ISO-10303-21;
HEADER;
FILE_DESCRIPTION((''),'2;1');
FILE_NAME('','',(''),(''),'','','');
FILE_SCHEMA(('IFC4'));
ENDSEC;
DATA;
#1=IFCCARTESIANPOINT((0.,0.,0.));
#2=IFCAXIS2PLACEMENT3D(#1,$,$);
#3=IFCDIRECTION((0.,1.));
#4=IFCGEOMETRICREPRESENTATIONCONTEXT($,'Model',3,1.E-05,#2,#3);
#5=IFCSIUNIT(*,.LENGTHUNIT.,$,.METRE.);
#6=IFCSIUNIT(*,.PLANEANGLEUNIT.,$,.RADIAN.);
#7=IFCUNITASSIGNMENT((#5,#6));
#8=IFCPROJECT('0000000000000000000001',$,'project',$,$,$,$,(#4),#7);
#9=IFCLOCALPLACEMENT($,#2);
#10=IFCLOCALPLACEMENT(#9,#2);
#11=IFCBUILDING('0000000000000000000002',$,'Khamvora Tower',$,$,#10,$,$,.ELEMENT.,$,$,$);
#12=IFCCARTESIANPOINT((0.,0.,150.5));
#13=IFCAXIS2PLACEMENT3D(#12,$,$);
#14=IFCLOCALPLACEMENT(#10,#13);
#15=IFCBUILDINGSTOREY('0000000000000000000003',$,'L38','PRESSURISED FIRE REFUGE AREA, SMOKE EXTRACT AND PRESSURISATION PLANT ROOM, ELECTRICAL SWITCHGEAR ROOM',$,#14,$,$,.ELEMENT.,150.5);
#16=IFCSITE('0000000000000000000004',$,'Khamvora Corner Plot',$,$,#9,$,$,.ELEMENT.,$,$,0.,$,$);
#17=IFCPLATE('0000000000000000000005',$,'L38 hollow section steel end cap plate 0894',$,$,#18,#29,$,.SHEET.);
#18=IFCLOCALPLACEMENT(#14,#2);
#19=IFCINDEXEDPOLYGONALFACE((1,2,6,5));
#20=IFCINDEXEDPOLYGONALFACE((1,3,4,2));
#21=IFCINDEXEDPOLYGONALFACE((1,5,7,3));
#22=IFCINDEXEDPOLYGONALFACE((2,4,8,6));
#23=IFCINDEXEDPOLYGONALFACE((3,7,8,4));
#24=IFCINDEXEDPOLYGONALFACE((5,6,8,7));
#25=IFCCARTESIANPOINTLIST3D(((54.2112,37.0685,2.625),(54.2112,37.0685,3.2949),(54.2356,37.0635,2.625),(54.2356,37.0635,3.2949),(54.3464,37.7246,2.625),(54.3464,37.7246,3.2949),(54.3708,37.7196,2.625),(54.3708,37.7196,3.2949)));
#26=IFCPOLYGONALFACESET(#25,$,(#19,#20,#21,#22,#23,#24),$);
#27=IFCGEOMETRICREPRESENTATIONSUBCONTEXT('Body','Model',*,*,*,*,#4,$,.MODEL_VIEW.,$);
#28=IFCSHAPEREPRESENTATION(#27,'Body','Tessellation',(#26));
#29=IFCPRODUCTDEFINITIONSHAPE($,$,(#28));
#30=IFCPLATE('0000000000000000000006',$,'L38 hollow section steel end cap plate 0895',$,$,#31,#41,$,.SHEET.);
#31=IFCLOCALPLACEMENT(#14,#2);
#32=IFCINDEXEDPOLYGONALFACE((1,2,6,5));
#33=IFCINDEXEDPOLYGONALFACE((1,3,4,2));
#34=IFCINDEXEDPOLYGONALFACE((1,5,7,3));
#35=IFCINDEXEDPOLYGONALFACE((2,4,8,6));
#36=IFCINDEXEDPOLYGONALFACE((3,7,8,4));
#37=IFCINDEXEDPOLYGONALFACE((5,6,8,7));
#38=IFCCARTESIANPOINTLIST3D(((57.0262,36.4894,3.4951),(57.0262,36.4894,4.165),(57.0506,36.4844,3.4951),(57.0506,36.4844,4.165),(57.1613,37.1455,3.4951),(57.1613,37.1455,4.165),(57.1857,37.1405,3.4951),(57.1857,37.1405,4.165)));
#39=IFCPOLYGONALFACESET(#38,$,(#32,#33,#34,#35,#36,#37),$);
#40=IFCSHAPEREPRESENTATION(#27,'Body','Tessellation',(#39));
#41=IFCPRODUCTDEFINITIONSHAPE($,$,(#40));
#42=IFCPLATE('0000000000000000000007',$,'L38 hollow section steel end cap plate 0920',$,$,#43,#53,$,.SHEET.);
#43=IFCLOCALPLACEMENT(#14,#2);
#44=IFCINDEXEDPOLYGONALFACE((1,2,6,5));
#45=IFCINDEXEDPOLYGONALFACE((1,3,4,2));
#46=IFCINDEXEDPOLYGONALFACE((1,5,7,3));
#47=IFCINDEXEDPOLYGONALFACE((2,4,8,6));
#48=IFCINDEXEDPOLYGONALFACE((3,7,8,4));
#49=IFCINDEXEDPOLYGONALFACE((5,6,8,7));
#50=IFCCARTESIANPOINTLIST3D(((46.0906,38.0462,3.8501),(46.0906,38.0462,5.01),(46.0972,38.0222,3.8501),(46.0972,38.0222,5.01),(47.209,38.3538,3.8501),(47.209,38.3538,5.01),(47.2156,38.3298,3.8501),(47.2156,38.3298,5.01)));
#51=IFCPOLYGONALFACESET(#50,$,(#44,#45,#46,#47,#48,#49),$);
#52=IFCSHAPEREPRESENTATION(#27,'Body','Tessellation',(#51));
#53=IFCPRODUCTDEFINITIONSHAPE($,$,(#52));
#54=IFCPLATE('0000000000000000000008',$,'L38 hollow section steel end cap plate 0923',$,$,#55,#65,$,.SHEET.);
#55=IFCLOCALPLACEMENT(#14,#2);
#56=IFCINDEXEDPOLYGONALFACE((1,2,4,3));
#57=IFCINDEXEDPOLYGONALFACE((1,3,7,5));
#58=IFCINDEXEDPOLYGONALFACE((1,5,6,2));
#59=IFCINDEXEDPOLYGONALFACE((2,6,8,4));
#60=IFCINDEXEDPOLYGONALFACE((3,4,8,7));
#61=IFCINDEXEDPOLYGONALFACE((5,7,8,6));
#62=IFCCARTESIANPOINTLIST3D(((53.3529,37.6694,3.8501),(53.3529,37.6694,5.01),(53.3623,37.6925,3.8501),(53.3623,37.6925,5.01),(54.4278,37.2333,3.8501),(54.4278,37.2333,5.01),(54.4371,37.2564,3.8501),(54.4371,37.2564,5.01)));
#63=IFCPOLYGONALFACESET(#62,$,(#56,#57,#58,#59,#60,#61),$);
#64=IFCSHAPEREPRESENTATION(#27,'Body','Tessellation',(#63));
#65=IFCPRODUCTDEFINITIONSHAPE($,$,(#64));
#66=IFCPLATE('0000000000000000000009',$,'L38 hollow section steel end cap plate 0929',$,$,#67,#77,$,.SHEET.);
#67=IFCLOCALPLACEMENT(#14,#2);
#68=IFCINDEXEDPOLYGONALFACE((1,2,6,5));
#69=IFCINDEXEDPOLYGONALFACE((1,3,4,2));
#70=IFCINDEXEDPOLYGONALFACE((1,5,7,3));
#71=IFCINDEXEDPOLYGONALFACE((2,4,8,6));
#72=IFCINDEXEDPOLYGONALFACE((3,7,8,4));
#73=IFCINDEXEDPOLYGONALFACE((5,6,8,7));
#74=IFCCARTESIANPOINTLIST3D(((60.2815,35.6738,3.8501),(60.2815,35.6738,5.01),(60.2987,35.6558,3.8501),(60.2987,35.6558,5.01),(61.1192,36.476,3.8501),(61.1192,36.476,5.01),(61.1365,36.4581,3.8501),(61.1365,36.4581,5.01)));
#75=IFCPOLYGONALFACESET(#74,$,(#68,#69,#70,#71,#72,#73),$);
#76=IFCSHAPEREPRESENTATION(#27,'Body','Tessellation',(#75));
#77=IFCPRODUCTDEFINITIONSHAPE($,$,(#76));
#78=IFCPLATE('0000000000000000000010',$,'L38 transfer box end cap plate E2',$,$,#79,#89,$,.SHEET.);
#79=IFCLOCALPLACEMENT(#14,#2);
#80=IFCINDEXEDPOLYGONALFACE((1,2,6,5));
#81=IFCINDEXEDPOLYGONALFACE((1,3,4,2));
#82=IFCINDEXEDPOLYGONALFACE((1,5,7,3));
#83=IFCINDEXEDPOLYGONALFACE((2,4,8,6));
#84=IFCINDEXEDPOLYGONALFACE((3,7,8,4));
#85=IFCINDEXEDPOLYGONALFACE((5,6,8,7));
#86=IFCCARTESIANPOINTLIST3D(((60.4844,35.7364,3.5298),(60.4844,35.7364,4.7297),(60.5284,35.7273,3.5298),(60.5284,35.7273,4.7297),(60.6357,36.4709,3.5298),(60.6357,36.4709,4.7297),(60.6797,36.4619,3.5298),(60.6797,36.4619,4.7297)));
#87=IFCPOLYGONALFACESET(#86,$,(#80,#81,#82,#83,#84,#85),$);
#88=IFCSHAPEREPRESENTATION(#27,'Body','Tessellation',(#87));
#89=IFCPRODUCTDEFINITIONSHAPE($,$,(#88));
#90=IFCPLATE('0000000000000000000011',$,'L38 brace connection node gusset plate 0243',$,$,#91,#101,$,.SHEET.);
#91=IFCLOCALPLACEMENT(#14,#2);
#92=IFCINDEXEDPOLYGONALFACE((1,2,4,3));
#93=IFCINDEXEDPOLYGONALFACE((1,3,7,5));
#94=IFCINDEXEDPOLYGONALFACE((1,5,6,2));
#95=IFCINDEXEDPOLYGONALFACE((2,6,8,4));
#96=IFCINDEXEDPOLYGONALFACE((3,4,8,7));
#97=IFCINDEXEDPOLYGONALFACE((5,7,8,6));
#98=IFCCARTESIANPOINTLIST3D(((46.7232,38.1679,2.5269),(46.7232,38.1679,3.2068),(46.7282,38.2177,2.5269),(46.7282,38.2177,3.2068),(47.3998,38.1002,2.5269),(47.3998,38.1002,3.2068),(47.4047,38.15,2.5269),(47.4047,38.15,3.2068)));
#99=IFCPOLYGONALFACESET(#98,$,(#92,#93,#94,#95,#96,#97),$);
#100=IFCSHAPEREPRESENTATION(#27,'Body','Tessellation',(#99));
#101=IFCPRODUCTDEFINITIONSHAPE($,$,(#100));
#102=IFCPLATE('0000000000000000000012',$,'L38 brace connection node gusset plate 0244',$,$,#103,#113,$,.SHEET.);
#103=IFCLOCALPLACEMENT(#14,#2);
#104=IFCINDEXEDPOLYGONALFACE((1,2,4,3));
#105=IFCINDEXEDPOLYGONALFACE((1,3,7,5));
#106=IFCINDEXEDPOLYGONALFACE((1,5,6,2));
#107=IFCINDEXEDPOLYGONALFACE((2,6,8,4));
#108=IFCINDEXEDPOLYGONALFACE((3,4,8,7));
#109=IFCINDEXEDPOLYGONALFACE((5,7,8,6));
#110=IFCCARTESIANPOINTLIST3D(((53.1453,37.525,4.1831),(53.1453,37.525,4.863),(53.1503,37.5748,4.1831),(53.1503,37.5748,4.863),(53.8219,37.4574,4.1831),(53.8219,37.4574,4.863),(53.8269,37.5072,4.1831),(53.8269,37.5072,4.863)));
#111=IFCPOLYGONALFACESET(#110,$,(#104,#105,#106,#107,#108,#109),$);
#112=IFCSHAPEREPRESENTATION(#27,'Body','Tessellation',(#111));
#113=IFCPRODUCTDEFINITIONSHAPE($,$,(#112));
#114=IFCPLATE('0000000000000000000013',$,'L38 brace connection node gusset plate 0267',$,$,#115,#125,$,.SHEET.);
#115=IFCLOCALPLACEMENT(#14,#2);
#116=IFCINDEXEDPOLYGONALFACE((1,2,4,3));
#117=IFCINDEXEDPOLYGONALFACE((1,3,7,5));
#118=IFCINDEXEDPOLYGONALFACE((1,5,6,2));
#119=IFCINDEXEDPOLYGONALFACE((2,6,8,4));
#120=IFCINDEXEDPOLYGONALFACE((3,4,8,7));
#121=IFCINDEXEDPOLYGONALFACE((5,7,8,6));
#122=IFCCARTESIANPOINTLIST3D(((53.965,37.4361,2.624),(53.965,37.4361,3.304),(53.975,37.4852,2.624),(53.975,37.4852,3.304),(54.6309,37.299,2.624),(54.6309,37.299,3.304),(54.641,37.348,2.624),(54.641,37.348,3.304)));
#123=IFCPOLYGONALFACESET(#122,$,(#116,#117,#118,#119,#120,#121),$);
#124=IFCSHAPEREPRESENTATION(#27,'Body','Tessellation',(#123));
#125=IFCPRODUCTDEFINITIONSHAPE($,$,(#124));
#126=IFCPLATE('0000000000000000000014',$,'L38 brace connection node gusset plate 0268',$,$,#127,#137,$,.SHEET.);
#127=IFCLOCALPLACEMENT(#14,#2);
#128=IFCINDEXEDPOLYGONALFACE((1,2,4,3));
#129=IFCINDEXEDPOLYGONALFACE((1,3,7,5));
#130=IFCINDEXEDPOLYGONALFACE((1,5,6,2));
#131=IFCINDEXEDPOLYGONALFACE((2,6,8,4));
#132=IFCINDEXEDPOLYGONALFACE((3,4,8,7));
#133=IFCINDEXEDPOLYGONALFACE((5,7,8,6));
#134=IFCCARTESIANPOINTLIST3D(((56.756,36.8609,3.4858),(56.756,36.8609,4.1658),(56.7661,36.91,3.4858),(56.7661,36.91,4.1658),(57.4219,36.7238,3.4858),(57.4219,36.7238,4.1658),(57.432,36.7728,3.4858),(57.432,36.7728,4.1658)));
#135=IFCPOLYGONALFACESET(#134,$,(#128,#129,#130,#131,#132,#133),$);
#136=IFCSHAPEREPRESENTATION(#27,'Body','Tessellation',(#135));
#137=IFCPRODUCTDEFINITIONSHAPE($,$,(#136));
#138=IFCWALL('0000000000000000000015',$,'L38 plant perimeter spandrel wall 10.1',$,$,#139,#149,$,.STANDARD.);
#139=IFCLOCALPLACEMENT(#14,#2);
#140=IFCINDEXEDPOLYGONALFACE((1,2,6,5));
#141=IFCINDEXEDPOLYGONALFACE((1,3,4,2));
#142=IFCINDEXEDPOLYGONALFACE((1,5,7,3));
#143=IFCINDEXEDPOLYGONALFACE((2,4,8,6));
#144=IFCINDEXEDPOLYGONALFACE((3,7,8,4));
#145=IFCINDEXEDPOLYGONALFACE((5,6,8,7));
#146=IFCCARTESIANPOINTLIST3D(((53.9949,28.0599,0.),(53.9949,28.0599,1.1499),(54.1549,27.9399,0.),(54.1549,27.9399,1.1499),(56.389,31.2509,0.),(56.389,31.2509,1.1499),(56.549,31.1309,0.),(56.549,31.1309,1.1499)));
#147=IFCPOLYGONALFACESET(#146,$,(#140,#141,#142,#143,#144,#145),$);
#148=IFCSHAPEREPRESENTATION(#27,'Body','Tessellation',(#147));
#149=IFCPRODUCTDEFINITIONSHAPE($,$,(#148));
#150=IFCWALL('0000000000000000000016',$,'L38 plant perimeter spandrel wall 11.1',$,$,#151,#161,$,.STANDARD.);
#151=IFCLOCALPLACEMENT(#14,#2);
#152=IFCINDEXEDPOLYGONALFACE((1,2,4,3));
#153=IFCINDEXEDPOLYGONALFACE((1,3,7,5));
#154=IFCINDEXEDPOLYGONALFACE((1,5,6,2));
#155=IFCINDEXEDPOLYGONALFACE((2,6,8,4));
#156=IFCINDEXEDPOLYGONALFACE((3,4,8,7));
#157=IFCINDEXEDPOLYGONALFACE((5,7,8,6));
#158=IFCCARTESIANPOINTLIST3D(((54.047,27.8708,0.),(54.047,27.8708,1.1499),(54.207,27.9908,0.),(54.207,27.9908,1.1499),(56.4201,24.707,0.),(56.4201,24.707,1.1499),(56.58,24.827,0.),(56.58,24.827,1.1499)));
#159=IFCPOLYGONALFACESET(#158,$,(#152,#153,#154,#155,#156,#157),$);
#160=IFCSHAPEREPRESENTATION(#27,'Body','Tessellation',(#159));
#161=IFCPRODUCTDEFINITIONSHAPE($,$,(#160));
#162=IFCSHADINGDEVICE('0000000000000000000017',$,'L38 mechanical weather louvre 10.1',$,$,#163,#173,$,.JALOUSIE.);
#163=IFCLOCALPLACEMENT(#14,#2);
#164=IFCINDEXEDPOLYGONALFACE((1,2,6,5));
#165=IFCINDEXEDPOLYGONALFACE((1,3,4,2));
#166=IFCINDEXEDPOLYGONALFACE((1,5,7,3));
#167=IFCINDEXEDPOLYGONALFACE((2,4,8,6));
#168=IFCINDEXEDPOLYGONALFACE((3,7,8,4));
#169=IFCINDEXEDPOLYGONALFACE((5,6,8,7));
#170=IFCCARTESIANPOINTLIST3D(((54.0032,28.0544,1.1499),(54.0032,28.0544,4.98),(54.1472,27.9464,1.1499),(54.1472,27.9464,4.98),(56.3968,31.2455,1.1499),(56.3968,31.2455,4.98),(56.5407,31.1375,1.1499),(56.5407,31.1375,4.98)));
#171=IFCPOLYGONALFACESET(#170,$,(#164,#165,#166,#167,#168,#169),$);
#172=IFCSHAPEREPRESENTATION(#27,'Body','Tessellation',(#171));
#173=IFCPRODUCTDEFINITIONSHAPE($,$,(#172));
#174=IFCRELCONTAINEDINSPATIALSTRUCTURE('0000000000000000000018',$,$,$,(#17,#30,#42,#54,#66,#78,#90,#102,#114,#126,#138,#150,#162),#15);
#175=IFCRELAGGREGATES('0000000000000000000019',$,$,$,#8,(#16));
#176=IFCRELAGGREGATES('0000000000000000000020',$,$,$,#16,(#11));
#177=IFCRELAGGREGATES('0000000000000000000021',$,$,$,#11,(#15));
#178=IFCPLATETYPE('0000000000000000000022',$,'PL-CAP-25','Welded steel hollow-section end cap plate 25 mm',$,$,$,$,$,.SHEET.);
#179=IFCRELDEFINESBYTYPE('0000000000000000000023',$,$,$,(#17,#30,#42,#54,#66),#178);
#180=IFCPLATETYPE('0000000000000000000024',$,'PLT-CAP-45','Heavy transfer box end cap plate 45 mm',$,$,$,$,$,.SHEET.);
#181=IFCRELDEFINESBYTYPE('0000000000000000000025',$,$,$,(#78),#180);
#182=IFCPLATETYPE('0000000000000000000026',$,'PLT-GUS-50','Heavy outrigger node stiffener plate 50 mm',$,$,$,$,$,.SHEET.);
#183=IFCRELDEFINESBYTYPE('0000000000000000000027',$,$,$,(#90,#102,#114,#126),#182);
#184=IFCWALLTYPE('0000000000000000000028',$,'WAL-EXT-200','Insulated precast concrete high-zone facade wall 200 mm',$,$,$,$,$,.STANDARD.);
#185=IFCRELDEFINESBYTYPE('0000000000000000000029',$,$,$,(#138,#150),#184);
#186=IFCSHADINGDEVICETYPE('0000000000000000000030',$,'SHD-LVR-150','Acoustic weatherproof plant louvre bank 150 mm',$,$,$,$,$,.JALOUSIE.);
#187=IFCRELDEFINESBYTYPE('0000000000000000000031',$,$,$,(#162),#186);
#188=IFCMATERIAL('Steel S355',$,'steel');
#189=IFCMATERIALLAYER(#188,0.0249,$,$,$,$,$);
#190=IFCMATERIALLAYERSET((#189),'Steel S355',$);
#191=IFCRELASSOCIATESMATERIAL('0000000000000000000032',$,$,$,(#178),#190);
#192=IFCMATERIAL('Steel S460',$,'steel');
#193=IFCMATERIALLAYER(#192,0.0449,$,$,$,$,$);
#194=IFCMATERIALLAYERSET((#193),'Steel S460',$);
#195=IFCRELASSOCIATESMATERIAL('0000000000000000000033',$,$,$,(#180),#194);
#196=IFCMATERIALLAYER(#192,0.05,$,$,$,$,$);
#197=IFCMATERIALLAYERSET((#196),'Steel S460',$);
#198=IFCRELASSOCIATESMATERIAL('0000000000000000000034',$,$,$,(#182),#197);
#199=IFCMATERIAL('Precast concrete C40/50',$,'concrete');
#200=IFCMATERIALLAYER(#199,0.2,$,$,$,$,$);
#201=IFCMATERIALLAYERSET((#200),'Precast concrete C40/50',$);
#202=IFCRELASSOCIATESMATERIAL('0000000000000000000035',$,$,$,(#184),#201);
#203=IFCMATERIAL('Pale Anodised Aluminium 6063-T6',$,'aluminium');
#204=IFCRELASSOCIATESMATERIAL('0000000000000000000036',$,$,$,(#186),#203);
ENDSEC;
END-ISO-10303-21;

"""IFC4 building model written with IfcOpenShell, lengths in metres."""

from ifc_helpers import new_model, si_unit, direction, frame, frame_2d, origin, origin_2d, place, context, subcontext, project, spatial, rectangle, extrude, material, layer, layer_set, type_object, element, save


model = new_model("IFC4")

# Units and contexts
model_context = context("Model", 3, precision=1e-05, world=origin(), true_north=direction((0.0, 1.0)))
body_context = subcontext(model_context, "Body", "Model", "MODEL_VIEW")
ifc_project = project(units=[si_unit("LENGTHUNIT", "METRE"), si_unit("PLANEANGLEUNIT", "RADIAN")], contexts=[model_context])

# Site, building, storey
site_placement = place(None, origin())
site = spatial("IfcSite", under=ifc_project, at=site_placement, Name="Khamvora Corner Plot", CompositionType="ELEMENT", RefElevation=0.0)
building_placement = place(site_placement, origin())
building = spatial("IfcBuilding", under=site, at=building_placement, Name="Khamvora Tower", CompositionType="ELEMENT")
storey_placement = place(building_placement, frame((0.0, 0.0, 150.5)))
storey = spatial("IfcBuildingStorey", under=building, at=storey_placement, Name="L38", Description="PRESSURISED FIRE REFUGE AREA, SMOKE EXTRACT AND PRESSURISATION PLANT ROOM, ELECTRICAL SWITCHGEAR ROOM", CompositionType="ELEMENT", Elevation=150.5)

# Shared definitions
ifc_material_1 = material(Name="Steel S355", Category="steel")

# Shared definitions
ifc_material_2 = material(Name="Steel S460", Category="steel")

# Plates
ifc_layer_1 = layer(ifc_material_1, 0.0249)
ifc_layer_set_1 = layer_set([ifc_layer_1], Name="Steel S355")
plate_type_1 = type_object("IfcPlateType", Name="PL-CAP-25", Description="Welded steel hollow-section end cap plate 25 mm", PredefinedType="SHEET", material=ifc_layer_set_1)
for number, where, z_axis, x_axis, name in (
    (1, (54.291, 37.394, 2.625), (0.0, 0.0, 1.0), (0.979431, -0.201779, 0.0), "L38 hollow section steel end cap plate 0894"),
    (2, (57.106, 36.8149, 3.4951), (0.0, 0.0, 1.0), (0.979431, -0.201779, 0.0), "L38 hollow section steel end cap plate 0895"),
):
    element("IfcPlate", number, at=place(storey_placement, frame(where, z_axis=z_axis, x_axis=x_axis)), inside=storey, type_object=plate_type_1, Name=name, PredefinedType="SHEET", context=body_context, shape_type="SweptSolid", body=[
        extrude(rectangle(XDim=0.0249, YDim=0.6699, at=origin_2d()), origin(), (0.0, 0.0, 1.0), 0.6699),
    ])
for number, where, z_axis, x_axis, name in (
    (3, (46.6531, 38.188, 3.8501), (0.0, 0.0, 1.0), (-0.26522, 0.964188, 0.0), "L38 hollow section steel end cap plate 0920"),
    (4, (53.895, 37.4629, 3.8501), (0.0, 0.0, 1.0), (0.375933, 0.926647, 0.0), "L38 hollow section steel end cap plate 0923"),
    (5, (60.709, 36.0659, 3.8501), (0.0, 0.0, 1.0), (0.691664, -0.722219, 0.0), "L38 hollow section steel end cap plate 0929"),
):
    element("IfcPlate", number, at=place(storey_placement, frame(where, z_axis=z_axis, x_axis=x_axis)), inside=storey, type_object=plate_type_1, Name=name, PredefinedType="SHEET", context=body_context, shape_type="SweptSolid", body=[
        extrude(rectangle(XDim=0.0249, YDim=1.1599, at=origin_2d()), origin(), (0.0, 0.0, 1.0), 1.1599),
    ])
ifc_layer_2 = layer(ifc_material_2, 0.0449)
ifc_layer_set_2 = layer_set([ifc_layer_2], Name="Steel S460")
plate_type_2 = type_object("IfcPlateType", Name="PLT-CAP-45", Description="Heavy transfer box end cap plate 45 mm", PredefinedType="SHEET", material=ifc_layer_set_2)
plate_1_placement = place(storey_placement, frame((60.582, 36.0991, 3.5298), z_axis=(0.0, 0.0, 1.0), x_axis=(0.979457, -0.201653, 0.0)))
element("IfcPlate", 6, at=plate_1_placement, inside=storey, type_object=plate_type_2, Name="L38 transfer box end cap plate E2", PredefinedType="SHEET", context=body_context, shape_type="SweptSolid", body=[
    extrude(rectangle(XDim=0.0449, YDim=0.75, at=origin_2d()), origin(), (0.0, 0.0, 1.0), 1.2),
])
ifc_layer_3 = layer(ifc_material_2, 0.05)
ifc_layer_set_3 = layer_set([ifc_layer_3], Name="Steel S460")
plate_type_3 = type_object("IfcPlateType", Name="PLT-GUS-50", Description="Heavy outrigger node stiffener plate 50 mm", PredefinedType="SHEET", material=ifc_layer_set_3)
for number, where, z_axis, x_axis, name in (
    (7, (47.064, 38.1589, 2.5269), (0.0, 0.0, 1.0), (0.995036, -0.099511, 0.0), "L38 brace connection node gusset plate 0243"),
    (8, (53.4861, 37.5161, 4.1831), (0.0, 0.0, 1.0), (0.995036, -0.099511, 0.0), "L38 brace connection node gusset plate 0244"),
    (9, (54.303, 37.3921, 2.624), (0.0, 0.0, 1.0), (0.979456, -0.201659, 0.0), "L38 brace connection node gusset plate 0267"),
    (10, (57.094, 36.8169, 3.4858), (0.0, 0.0, 1.0), (0.979456, -0.201659, 0.0), "L38 brace connection node gusset plate 0268"),
):
    element("IfcPlate", number, at=place(storey_placement, frame(where, z_axis=z_axis, x_axis=x_axis)), inside=storey, type_object=plate_type_3, Name=name, PredefinedType="SHEET", context=body_context, shape_type="SweptSolid", body=[
        extrude(rectangle(XDim=0.6799, YDim=0.05, at=origin_2d()), origin(), (0.0, 0.0, 1.0), 0.6799),
    ])

# Walls
ifc_material_3 = material(Name="Precast concrete C40/50", Category="concrete")
ifc_layer_4 = layer(ifc_material_3, 0.2)
ifc_layer_set_4 = layer_set([ifc_layer_4], Name="Precast concrete C40/50")
wall_type = type_object("IfcWallType", Name="WAL-EXT-200", Description="Insulated precast concrete high-zone facade wall 200 mm", PredefinedType="STANDARD", material=ifc_layer_set_4)
wall_1_placement = place(storey_placement, frame((56.469, 31.1909, 0.0), z_axis=(0.0, 0.0, 1.0), x_axis=(-0.600137, -0.799897, 0.0)))
element("IfcWall", 11, at=wall_1_placement, inside=storey, type_object=wall_type, Name="L38 plant perimeter spandrel wall 10.1", PredefinedType="STANDARD", context=body_context, shape_type="SweptSolid", body=[
    extrude(rectangle(XDim=3.9893, YDim=0.2, at=frame_2d((1.9946, 0.0))), origin(), (0.0, 0.0, 1.0), 1.1499),
])
wall_2_placement = place(storey_placement, frame((54.127, 27.9309, 0.0), z_axis=(0.0, 0.0, 1.0), x_axis=(0.60003, -0.799978, 0.0)))
element("IfcWall", 12, at=wall_2_placement, inside=storey, type_object=wall_type, Name="L38 plant perimeter spandrel wall 11.1", PredefinedType="STANDARD", context=body_context, shape_type="SweptSolid", body=[
    extrude(rectangle(XDim=3.9548, YDim=0.2, at=frame_2d((1.9775, 0.0))), origin(), (0.0, 0.0, 1.0), 1.1499),
])

# Shading device
ifc_material_4 = material(Name="Pale Anodised Aluminium 6063-T6", Category="aluminium")
shading_device_type = type_object("IfcShadingDeviceType", Name="SHD-LVR-150", Description="Acoustic weatherproof plant louvre bank 150 mm", PredefinedType="JALOUSIE", material=ifc_material_4)
shading_device_placement = place(storey_placement, frame((55.272, 29.5959, 1.1499), z_axis=(0.0, 0.0, 1.0), x_axis=(-0.60004, -0.79997, 0.0)))
element("IfcShadingDevice", 13, at=shading_device_placement, inside=storey, type_object=shading_device_type, Name="L38 mechanical weather louvre 10.1", PredefinedType="JALOUSIE", context=body_context, shape_type="SweptSolid", body=[
    extrude(rectangle(XDim=3.989, YDim=0.1799, at=origin_2d()), origin(), (0.0, 0.0, 1.0), 3.8301),
])

save(model, "model.ifc")
